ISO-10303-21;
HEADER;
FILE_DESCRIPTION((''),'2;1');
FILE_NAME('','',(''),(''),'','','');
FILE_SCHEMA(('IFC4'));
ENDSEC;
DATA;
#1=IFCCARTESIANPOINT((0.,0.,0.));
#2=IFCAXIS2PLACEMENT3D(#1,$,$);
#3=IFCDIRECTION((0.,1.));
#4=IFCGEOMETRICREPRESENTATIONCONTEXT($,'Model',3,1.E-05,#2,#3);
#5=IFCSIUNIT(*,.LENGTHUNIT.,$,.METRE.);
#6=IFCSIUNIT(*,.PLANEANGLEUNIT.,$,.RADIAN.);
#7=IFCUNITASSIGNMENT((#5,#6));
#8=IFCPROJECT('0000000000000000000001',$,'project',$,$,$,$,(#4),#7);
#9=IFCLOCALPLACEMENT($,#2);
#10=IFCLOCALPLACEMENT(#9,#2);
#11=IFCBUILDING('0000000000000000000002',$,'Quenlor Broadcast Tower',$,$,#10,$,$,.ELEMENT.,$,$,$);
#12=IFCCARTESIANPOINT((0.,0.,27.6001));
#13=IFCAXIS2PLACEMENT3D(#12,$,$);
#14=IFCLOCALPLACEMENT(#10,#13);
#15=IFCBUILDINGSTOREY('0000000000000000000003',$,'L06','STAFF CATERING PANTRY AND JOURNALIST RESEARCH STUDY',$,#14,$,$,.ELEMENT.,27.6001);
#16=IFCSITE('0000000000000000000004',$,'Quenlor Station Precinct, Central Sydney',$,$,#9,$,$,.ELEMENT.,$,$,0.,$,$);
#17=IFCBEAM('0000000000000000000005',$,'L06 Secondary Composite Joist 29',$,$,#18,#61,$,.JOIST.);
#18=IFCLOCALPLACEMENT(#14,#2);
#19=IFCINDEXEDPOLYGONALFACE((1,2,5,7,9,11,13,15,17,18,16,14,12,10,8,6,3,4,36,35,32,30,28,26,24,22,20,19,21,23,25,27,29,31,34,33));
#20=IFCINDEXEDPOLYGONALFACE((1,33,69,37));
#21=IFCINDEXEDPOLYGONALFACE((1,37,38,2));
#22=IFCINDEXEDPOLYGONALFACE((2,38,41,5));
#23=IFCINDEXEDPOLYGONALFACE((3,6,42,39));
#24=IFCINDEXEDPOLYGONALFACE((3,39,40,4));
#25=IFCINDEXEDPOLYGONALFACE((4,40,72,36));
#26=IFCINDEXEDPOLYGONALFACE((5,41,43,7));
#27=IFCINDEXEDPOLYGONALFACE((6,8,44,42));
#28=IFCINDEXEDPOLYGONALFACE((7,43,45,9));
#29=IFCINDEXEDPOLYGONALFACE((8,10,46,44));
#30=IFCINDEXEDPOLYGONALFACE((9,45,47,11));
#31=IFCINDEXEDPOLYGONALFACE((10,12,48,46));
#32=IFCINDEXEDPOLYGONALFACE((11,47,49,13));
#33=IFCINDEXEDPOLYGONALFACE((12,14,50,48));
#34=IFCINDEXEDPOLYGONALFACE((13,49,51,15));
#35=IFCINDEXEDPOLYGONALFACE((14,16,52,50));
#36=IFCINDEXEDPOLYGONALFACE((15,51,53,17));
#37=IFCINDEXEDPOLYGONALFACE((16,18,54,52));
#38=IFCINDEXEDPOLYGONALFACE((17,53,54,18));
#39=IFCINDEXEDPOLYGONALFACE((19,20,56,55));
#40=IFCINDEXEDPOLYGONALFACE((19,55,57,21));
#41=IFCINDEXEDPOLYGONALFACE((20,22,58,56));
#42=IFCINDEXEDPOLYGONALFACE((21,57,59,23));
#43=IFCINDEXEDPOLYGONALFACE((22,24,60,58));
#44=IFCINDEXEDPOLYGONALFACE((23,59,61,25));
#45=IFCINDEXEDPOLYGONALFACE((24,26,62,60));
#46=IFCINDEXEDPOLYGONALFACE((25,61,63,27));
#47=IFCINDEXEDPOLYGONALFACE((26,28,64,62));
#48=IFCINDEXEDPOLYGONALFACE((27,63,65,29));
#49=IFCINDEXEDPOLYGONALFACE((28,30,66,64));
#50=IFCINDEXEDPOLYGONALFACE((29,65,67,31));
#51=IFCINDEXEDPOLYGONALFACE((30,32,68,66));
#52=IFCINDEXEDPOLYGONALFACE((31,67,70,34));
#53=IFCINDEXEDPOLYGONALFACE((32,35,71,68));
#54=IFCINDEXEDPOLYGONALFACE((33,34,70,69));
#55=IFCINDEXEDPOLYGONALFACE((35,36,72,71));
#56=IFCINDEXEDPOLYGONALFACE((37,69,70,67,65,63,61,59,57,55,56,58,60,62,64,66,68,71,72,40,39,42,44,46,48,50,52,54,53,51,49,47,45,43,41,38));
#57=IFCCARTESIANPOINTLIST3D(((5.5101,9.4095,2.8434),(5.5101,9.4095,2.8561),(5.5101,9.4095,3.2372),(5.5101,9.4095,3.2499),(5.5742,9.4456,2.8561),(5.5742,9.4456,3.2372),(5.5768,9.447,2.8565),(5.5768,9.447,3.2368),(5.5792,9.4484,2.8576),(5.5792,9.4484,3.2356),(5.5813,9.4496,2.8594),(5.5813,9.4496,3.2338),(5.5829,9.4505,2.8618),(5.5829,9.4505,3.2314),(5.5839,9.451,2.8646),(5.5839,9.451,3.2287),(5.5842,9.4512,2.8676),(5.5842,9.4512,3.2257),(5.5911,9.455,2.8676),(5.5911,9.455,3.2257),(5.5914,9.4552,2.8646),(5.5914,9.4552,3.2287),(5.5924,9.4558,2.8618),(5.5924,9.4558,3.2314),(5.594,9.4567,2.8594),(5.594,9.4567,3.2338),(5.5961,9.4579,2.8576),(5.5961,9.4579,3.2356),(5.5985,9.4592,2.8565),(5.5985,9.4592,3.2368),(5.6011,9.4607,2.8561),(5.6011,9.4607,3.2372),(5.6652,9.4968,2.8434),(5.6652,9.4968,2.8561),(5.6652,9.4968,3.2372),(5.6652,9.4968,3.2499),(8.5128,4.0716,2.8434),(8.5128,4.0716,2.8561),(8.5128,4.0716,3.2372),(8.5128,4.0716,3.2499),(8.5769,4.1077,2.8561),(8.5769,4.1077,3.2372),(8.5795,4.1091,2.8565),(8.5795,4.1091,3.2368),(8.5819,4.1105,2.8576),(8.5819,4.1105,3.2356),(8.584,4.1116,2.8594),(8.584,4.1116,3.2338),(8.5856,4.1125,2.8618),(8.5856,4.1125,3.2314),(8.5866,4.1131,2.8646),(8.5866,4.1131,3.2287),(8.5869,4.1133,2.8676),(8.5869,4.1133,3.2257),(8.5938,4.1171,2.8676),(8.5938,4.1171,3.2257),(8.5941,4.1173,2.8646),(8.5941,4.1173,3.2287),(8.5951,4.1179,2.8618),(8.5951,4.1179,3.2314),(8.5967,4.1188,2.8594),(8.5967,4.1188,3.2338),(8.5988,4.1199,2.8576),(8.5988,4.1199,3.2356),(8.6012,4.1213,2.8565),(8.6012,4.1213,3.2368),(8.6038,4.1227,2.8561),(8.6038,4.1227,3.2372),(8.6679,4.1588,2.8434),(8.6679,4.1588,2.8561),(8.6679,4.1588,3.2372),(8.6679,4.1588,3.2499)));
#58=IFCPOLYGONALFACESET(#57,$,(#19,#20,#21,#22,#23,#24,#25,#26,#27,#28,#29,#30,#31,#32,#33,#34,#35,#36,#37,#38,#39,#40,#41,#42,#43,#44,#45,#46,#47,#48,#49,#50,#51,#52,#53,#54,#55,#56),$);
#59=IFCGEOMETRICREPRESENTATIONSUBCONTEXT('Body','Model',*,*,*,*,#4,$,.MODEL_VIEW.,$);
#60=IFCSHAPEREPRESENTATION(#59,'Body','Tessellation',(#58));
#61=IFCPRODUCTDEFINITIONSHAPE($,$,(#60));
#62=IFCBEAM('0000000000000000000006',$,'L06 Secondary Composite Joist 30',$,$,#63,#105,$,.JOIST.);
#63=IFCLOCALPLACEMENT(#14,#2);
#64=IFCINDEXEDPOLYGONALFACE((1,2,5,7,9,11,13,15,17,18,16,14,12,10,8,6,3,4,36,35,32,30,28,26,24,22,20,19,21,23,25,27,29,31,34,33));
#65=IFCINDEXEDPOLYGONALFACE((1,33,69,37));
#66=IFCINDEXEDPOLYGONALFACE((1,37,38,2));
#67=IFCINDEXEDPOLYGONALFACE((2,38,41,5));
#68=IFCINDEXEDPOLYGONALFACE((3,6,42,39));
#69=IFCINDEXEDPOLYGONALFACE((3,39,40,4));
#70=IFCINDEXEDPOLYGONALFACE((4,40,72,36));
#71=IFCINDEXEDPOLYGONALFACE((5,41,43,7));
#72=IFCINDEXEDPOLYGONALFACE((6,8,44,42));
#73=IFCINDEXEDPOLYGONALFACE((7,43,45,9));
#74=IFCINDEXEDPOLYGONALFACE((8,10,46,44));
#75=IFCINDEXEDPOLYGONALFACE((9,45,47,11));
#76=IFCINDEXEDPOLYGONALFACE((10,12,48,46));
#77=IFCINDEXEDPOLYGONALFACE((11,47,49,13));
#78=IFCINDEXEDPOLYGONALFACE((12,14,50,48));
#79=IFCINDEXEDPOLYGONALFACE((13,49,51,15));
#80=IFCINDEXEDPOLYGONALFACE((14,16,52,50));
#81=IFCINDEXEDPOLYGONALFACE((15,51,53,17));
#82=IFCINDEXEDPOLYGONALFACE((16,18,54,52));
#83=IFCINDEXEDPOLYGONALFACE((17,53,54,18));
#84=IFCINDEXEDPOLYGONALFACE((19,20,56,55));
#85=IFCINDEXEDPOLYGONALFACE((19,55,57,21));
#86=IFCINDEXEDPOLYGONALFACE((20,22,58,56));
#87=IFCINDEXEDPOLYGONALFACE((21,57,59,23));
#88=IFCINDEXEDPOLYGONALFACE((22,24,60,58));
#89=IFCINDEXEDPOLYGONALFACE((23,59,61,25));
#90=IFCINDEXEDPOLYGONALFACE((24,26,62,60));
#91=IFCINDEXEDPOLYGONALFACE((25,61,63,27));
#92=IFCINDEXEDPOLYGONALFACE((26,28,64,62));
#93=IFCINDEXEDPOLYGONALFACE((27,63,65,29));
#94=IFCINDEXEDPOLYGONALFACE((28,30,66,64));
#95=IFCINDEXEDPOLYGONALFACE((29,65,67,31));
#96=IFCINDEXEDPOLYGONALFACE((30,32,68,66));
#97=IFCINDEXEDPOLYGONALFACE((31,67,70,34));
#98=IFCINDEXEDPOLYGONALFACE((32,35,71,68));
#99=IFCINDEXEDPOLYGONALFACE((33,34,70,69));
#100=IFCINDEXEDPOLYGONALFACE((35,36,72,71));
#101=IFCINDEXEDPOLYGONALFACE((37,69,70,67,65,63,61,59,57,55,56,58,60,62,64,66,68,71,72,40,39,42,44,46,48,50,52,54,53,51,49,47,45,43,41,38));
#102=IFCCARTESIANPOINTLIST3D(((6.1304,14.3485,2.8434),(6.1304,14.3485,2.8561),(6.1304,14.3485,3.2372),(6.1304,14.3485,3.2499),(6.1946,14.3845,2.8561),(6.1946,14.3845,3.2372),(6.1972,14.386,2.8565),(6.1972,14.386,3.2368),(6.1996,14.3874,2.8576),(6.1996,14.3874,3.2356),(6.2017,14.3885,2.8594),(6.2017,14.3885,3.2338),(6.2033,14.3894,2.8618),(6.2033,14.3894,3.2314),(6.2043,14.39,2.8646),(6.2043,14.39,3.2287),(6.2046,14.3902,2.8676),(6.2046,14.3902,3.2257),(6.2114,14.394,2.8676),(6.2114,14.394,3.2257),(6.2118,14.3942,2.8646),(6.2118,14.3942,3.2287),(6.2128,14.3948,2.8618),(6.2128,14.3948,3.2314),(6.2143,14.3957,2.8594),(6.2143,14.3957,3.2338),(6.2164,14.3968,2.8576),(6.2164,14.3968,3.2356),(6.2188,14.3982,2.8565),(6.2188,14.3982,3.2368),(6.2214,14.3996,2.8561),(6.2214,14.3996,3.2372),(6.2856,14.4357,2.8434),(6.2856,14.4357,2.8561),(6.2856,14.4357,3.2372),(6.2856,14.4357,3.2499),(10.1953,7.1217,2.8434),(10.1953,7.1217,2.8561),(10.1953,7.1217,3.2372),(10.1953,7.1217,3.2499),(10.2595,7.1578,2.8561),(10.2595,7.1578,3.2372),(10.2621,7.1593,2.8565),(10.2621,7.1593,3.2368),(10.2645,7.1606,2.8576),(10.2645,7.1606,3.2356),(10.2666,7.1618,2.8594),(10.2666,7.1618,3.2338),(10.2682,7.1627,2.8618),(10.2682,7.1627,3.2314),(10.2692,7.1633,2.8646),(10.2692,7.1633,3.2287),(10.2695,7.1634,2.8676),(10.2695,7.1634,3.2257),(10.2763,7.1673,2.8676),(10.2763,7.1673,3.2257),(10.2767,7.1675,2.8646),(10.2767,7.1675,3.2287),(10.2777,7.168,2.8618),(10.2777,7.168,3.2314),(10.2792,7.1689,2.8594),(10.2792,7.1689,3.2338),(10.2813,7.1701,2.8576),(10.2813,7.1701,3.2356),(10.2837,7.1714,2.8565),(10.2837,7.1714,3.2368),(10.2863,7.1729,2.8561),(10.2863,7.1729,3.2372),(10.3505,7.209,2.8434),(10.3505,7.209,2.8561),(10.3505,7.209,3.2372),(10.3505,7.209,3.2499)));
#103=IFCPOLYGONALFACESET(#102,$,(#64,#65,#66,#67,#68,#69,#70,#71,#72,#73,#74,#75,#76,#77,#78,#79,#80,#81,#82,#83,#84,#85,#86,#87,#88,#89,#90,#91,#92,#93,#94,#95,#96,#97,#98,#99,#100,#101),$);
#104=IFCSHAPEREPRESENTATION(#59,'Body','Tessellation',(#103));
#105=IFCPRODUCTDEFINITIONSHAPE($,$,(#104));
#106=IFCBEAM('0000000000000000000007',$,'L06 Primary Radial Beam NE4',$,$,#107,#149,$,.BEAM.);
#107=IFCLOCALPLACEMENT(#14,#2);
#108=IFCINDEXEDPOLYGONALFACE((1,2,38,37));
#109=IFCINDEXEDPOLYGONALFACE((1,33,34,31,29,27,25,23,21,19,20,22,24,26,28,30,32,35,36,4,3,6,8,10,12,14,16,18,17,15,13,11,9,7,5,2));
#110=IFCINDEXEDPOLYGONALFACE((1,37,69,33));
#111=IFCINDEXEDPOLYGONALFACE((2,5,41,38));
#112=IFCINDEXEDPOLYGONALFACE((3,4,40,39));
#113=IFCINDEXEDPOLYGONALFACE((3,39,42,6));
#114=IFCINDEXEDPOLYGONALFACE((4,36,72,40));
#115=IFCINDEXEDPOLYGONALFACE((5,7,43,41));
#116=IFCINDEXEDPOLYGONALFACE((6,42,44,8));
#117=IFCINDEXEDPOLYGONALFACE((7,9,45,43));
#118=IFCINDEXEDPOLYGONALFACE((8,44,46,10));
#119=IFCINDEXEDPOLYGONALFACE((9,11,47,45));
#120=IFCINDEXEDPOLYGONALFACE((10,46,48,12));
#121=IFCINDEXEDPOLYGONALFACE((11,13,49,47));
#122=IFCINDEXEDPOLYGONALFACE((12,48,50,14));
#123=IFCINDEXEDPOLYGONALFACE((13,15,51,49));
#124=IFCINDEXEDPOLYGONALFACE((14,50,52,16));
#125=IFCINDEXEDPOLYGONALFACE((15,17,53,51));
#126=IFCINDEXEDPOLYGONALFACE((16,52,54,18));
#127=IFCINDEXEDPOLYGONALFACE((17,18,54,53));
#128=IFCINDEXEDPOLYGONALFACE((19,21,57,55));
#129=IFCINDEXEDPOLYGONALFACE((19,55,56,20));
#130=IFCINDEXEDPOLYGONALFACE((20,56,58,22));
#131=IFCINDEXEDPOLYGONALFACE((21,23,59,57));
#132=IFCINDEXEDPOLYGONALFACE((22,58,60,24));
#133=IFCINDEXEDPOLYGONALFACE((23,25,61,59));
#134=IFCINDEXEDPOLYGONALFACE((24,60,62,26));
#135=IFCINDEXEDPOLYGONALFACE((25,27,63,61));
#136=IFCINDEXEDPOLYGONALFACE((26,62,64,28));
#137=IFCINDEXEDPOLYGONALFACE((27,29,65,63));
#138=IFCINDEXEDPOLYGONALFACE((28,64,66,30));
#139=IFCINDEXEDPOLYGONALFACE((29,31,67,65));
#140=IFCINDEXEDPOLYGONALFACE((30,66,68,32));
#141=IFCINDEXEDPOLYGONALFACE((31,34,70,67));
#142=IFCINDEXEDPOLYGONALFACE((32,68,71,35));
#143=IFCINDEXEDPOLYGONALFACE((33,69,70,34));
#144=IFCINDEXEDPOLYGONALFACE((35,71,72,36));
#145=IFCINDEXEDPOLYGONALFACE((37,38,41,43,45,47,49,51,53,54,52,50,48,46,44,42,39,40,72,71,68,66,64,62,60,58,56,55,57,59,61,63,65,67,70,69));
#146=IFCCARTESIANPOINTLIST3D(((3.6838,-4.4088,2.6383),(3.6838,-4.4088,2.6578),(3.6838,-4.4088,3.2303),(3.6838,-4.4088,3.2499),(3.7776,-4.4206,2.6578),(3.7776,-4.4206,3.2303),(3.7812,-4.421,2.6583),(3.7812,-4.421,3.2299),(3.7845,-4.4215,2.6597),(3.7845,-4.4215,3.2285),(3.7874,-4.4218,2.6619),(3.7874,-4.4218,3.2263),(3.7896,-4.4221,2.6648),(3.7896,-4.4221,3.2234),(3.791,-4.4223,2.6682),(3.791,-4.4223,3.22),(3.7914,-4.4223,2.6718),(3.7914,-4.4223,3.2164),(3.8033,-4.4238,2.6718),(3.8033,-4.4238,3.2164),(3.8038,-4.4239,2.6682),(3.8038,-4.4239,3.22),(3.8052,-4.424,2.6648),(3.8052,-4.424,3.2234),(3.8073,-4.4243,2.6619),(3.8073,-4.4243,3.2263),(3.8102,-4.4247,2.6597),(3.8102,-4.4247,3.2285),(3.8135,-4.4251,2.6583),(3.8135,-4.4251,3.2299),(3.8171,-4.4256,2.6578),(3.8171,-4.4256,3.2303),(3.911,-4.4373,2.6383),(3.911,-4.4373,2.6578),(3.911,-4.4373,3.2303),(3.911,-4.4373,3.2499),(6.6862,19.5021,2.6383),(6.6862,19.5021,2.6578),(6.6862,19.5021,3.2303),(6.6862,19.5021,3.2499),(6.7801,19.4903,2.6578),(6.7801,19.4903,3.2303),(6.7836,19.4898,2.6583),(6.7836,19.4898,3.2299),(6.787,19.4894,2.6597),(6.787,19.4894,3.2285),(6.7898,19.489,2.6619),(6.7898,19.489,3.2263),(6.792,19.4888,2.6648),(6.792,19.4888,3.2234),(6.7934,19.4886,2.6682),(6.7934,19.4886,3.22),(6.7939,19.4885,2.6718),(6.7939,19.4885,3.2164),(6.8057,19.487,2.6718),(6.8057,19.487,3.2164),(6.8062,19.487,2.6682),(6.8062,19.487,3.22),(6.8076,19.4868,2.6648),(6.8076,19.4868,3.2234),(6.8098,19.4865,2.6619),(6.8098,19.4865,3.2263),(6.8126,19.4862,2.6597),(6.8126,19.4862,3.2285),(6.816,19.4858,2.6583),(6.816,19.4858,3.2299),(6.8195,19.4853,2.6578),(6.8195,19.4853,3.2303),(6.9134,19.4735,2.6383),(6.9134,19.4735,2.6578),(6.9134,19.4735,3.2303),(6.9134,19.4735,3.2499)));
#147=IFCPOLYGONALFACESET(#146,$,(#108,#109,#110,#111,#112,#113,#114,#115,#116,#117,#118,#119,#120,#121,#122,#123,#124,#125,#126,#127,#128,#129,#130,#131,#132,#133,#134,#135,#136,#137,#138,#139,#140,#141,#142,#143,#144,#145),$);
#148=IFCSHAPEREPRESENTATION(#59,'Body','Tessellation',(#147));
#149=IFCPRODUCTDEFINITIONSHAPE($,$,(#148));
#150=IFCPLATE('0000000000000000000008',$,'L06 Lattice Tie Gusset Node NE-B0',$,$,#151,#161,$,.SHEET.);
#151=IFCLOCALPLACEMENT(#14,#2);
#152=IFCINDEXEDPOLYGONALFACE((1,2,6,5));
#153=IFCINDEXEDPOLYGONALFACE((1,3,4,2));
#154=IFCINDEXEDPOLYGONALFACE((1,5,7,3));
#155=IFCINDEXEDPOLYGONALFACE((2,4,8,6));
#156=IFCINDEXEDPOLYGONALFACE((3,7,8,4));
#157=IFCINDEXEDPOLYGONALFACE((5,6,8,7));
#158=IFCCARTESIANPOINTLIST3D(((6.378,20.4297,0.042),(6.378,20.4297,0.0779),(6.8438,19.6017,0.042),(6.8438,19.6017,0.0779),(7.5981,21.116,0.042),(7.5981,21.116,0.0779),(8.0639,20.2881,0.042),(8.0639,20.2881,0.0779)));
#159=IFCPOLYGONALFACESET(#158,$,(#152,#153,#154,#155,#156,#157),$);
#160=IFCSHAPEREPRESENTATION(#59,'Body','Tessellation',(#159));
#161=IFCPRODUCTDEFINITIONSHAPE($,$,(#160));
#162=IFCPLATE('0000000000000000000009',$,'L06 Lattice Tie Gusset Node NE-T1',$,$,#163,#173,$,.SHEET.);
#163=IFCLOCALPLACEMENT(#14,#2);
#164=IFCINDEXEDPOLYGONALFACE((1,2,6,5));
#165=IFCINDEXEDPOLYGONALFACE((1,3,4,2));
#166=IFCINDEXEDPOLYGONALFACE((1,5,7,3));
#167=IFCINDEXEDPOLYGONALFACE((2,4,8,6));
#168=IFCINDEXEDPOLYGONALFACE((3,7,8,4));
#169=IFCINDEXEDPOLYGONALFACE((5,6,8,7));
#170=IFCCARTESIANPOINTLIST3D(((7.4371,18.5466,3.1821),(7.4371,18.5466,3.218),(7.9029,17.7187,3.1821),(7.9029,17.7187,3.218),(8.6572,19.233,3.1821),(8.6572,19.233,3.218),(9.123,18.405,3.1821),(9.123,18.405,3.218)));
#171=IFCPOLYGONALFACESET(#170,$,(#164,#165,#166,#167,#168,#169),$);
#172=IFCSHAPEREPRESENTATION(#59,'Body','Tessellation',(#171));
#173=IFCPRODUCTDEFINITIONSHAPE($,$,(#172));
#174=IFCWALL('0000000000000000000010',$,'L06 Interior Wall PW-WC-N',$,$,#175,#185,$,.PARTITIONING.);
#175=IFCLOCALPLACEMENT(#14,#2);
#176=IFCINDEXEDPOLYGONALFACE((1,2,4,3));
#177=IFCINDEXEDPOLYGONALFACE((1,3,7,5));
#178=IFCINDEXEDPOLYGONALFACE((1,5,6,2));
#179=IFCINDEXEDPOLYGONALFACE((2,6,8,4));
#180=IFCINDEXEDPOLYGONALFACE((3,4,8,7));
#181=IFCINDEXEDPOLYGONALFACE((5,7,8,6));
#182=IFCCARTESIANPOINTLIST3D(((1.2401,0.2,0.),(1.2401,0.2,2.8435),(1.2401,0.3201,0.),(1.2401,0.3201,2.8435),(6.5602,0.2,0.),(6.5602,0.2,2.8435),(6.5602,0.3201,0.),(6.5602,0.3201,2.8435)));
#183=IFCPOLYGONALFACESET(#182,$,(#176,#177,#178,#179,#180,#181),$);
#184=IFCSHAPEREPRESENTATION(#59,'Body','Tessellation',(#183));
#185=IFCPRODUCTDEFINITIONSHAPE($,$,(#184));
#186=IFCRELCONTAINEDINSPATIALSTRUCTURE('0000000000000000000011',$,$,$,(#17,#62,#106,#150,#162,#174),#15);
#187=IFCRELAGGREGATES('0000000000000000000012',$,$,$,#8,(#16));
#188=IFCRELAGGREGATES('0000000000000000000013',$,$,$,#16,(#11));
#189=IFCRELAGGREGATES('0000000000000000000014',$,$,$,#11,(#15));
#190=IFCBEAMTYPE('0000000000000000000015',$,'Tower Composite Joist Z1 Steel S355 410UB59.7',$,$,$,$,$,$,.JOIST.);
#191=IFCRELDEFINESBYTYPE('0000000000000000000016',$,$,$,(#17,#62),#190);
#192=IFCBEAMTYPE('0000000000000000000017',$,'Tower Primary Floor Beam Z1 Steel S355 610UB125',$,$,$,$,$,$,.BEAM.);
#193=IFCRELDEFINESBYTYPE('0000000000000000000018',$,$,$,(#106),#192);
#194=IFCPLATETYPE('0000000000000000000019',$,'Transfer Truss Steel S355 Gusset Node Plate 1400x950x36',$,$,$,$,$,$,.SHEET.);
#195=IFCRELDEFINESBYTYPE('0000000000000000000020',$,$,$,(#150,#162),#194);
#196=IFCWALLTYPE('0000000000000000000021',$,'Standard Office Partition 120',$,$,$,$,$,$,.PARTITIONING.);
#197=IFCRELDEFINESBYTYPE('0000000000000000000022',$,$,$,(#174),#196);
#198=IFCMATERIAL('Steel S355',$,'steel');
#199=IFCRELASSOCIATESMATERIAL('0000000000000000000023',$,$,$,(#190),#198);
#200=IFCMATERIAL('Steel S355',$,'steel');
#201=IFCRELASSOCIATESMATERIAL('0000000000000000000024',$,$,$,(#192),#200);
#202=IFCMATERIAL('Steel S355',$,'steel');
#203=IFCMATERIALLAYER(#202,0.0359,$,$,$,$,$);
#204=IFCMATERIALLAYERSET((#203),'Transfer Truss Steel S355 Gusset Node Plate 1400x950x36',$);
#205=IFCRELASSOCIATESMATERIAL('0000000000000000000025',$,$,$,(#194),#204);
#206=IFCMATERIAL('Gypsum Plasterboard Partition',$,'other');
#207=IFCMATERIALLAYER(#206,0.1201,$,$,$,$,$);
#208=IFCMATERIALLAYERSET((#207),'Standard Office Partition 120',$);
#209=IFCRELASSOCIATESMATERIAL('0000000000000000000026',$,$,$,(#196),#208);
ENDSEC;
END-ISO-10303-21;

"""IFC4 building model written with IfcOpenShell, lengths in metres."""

from ifc_helpers import new_model, si_unit, direction, frame, frame_2d, origin, origin_2d, place, context, subcontext, project, spatial, rectangle, i_section, extrude, material, layer, layer_set, material_profile, profile_set, type_object, element, save


model = new_model("IFC4")

# Units and contexts
model_context = context("Model", 3, precision=1e-05, world=origin(), true_north=direction((0.0, 1.0)))
body_context = subcontext(model_context, "Body", "Model", "MODEL_VIEW")
ifc_project = project(units=[si_unit("LENGTHUNIT", "METRE"), si_unit("PLANEANGLEUNIT", "RADIAN")], contexts=[model_context])

# Site, building, storey
site_placement = place(None, origin())
site = spatial("IfcSite", under=ifc_project, at=site_placement, Name="Quenlor Station Precinct, Central Sydney", CompositionType="ELEMENT", RefElevation=0.0)
building_placement = place(site_placement, origin())
building = spatial("IfcBuilding", under=site, at=building_placement, Name="Quenlor Broadcast Tower", CompositionType="ELEMENT")
storey_placement = place(building_placement, frame((0.0, 0.0, 27.6001)))
storey = spatial("IfcBuildingStorey", under=building, at=storey_placement, Name="L06", Description="STAFF CATERING PANTRY AND JOURNALIST RESEARCH STUDY", CompositionType="ELEMENT", Elevation=27.6001)

# Beams
ifc_material_1 = material(Name="Steel S355", Category="steel")
ifc_material_profile_1 = material_profile(ifc_material_1, i_section(OverallWidth=0.178, OverallDepth=0.4065, WebThickness=0.0078, FlangeThickness=0.0127, FilletRadius=0.0115, at=origin_2d()))
ifc_profile_set_1 = profile_set([ifc_material_profile_1], Name="Steel S355 410UB59.7")
beam_type_1 = type_object("IfcBeamType", Name="Tower Composite Joist Z1 Steel S355 410UB59.7", PredefinedType="JOIST", material=ifc_profile_set_1)
beam_1_placement = place(storey_placement, frame((5.5876, 9.4531, 3.0466), z_axis=(0.490276, -0.871567, 0.0), x_axis=(0.871567, 0.490276, 0.0)))
element("IfcBeam", 1, at=beam_1_placement, inside=storey, type_object=beam_type_1, Name="L06 Secondary Composite Joist 29", PredefinedType="JOIST", context=body_context, shape_type="SweptSolid", body=[
    extrude(i_section(OverallWidth=0.178, OverallDepth=0.4065, WebThickness=0.0078, FlangeThickness=0.0127, FilletRadius=0.0115, at=origin_2d()), origin(), (0.0, 0.0, 1.0), 6.1245),
])
beam_2_placement = place(storey_placement, frame((6.208, 14.3921, 3.0466), z_axis=(0.490249, -0.871583, 0.0), x_axis=(0.871583, 0.490249, 0.0)))
element("IfcBeam", 2, at=beam_2_placement, inside=storey, type_object=beam_type_1, Name="L06 Secondary Composite Joist 30", PredefinedType="JOIST", context=body_context, shape_type="SweptSolid", body=[
    extrude(i_section(OverallWidth=0.178, OverallDepth=0.4065, WebThickness=0.0078, FlangeThickness=0.0127, FilletRadius=0.0115, at=origin_2d()), origin(), (0.0, 0.0, 1.0), 8.2915),
])
ifc_material_2 = material(Name="Steel S355", Category="steel")
ifc_material_profile_2 = material_profile(ifc_material_2, i_section(OverallWidth=0.229, OverallDepth=0.6116, WebThickness=0.012, FlangeThickness=0.0195, FilletRadius=0.0139, at=origin_2d()))
ifc_profile_set_2 = profile_set([ifc_material_profile_2], Name="Steel S355 610UB125")
beam_type_2 = type_object("IfcBeamType", Name="Tower Primary Floor Beam Z1 Steel S355 610UB125", PredefinedType="BEAM", material=ifc_profile_set_2)
beam_3_placement = place(storey_placement, frame((6.7998, 19.4878, 2.9441), z_axis=(-0.12459, -0.992208, 0.0), x_axis=(0.992208, -0.12459, 0.0)))
element("IfcBeam", 3, at=beam_3_placement, inside=storey, type_object=beam_type_2, Name="L06 Primary Radial Beam NE4", PredefinedType="BEAM", context=body_context, shape_type="SweptSolid", body=[
    extrude(i_section(OverallWidth=0.229, OverallDepth=0.6116, WebThickness=0.012, FlangeThickness=0.0195, FilletRadius=0.0139, at=origin_2d()), origin(), (0.0, 0.0, 1.0), 24.0986),
])

# Plates
ifc_material_3 = material(Name="Steel S355", Category="steel")
ifc_layer_1 = layer(ifc_material_3, 0.0359)
ifc_layer_set_1 = layer_set([ifc_layer_1], Name="Transfer Truss Steel S355 Gusset Node Plate 1400x950x36")
plate_type = type_object("IfcPlateType", Name="Transfer Truss Steel S355 Gusset Node Plate 1400x950x36", PredefinedType="SHEET", material=ifc_layer_set_1)
for number, where, z_axis, x_axis, name in (
    (4, (7.2209, 20.3589, 0.042), (0.0, 0.0, 1.0), (0.871556, 0.490295, 0.0), "L06 Lattice Tie Gusset Node NE-B0"),
    (5, (8.28, 18.4758, 3.1821), (0.0, 0.0, 1.0), (0.871556, 0.490295, 0.0), "L06 Lattice Tie Gusset Node NE-T1"),
):
    element("IfcPlate", number, at=place(storey_placement, frame(where, z_axis=z_axis, x_axis=x_axis)), inside=storey, type_object=plate_type, Name=name, PredefinedType="SHEET", context=body_context, shape_type="SweptSolid", body=[
        extrude(rectangle(XDim=1.3999, YDim=0.95, at=origin_2d()), origin(), (0.0, 0.0, 1.0), 0.0359),
    ])

# Wall
ifc_material_4 = material(Name="Gypsum Plasterboard Partition", Category="other")
ifc_layer_2 = layer(ifc_material_4, 0.1201)
ifc_layer_set_2 = layer_set([ifc_layer_2], Name="Standard Office Partition 120")
wall_type_1 = type_object("IfcWallType", Name="Standard Office Partition 120", PredefinedType="PARTITIONING", material=ifc_layer_set_2)
wall_1_placement = place(storey_placement, frame((1.24, 0.26, 0.0), z_axis=(0.0, 0.0, 1.0), x_axis=(1.0, 0.0, 0.0)))
element("IfcWall", 6, at=wall_1_placement, inside=storey, type_object=wall_type_1, Name="L06 Interior Wall PW-WC-N", PredefinedType="PARTITIONING", context=body_context, shape_type="SweptSolid", body=[
    extrude(rectangle(XDim=5.3201, YDim=0.1201, at=frame_2d((2.6602, 0.0))), origin(), (0.0, 0.0, 1.0), 2.8435),
])

save(model, "model.ifc")
